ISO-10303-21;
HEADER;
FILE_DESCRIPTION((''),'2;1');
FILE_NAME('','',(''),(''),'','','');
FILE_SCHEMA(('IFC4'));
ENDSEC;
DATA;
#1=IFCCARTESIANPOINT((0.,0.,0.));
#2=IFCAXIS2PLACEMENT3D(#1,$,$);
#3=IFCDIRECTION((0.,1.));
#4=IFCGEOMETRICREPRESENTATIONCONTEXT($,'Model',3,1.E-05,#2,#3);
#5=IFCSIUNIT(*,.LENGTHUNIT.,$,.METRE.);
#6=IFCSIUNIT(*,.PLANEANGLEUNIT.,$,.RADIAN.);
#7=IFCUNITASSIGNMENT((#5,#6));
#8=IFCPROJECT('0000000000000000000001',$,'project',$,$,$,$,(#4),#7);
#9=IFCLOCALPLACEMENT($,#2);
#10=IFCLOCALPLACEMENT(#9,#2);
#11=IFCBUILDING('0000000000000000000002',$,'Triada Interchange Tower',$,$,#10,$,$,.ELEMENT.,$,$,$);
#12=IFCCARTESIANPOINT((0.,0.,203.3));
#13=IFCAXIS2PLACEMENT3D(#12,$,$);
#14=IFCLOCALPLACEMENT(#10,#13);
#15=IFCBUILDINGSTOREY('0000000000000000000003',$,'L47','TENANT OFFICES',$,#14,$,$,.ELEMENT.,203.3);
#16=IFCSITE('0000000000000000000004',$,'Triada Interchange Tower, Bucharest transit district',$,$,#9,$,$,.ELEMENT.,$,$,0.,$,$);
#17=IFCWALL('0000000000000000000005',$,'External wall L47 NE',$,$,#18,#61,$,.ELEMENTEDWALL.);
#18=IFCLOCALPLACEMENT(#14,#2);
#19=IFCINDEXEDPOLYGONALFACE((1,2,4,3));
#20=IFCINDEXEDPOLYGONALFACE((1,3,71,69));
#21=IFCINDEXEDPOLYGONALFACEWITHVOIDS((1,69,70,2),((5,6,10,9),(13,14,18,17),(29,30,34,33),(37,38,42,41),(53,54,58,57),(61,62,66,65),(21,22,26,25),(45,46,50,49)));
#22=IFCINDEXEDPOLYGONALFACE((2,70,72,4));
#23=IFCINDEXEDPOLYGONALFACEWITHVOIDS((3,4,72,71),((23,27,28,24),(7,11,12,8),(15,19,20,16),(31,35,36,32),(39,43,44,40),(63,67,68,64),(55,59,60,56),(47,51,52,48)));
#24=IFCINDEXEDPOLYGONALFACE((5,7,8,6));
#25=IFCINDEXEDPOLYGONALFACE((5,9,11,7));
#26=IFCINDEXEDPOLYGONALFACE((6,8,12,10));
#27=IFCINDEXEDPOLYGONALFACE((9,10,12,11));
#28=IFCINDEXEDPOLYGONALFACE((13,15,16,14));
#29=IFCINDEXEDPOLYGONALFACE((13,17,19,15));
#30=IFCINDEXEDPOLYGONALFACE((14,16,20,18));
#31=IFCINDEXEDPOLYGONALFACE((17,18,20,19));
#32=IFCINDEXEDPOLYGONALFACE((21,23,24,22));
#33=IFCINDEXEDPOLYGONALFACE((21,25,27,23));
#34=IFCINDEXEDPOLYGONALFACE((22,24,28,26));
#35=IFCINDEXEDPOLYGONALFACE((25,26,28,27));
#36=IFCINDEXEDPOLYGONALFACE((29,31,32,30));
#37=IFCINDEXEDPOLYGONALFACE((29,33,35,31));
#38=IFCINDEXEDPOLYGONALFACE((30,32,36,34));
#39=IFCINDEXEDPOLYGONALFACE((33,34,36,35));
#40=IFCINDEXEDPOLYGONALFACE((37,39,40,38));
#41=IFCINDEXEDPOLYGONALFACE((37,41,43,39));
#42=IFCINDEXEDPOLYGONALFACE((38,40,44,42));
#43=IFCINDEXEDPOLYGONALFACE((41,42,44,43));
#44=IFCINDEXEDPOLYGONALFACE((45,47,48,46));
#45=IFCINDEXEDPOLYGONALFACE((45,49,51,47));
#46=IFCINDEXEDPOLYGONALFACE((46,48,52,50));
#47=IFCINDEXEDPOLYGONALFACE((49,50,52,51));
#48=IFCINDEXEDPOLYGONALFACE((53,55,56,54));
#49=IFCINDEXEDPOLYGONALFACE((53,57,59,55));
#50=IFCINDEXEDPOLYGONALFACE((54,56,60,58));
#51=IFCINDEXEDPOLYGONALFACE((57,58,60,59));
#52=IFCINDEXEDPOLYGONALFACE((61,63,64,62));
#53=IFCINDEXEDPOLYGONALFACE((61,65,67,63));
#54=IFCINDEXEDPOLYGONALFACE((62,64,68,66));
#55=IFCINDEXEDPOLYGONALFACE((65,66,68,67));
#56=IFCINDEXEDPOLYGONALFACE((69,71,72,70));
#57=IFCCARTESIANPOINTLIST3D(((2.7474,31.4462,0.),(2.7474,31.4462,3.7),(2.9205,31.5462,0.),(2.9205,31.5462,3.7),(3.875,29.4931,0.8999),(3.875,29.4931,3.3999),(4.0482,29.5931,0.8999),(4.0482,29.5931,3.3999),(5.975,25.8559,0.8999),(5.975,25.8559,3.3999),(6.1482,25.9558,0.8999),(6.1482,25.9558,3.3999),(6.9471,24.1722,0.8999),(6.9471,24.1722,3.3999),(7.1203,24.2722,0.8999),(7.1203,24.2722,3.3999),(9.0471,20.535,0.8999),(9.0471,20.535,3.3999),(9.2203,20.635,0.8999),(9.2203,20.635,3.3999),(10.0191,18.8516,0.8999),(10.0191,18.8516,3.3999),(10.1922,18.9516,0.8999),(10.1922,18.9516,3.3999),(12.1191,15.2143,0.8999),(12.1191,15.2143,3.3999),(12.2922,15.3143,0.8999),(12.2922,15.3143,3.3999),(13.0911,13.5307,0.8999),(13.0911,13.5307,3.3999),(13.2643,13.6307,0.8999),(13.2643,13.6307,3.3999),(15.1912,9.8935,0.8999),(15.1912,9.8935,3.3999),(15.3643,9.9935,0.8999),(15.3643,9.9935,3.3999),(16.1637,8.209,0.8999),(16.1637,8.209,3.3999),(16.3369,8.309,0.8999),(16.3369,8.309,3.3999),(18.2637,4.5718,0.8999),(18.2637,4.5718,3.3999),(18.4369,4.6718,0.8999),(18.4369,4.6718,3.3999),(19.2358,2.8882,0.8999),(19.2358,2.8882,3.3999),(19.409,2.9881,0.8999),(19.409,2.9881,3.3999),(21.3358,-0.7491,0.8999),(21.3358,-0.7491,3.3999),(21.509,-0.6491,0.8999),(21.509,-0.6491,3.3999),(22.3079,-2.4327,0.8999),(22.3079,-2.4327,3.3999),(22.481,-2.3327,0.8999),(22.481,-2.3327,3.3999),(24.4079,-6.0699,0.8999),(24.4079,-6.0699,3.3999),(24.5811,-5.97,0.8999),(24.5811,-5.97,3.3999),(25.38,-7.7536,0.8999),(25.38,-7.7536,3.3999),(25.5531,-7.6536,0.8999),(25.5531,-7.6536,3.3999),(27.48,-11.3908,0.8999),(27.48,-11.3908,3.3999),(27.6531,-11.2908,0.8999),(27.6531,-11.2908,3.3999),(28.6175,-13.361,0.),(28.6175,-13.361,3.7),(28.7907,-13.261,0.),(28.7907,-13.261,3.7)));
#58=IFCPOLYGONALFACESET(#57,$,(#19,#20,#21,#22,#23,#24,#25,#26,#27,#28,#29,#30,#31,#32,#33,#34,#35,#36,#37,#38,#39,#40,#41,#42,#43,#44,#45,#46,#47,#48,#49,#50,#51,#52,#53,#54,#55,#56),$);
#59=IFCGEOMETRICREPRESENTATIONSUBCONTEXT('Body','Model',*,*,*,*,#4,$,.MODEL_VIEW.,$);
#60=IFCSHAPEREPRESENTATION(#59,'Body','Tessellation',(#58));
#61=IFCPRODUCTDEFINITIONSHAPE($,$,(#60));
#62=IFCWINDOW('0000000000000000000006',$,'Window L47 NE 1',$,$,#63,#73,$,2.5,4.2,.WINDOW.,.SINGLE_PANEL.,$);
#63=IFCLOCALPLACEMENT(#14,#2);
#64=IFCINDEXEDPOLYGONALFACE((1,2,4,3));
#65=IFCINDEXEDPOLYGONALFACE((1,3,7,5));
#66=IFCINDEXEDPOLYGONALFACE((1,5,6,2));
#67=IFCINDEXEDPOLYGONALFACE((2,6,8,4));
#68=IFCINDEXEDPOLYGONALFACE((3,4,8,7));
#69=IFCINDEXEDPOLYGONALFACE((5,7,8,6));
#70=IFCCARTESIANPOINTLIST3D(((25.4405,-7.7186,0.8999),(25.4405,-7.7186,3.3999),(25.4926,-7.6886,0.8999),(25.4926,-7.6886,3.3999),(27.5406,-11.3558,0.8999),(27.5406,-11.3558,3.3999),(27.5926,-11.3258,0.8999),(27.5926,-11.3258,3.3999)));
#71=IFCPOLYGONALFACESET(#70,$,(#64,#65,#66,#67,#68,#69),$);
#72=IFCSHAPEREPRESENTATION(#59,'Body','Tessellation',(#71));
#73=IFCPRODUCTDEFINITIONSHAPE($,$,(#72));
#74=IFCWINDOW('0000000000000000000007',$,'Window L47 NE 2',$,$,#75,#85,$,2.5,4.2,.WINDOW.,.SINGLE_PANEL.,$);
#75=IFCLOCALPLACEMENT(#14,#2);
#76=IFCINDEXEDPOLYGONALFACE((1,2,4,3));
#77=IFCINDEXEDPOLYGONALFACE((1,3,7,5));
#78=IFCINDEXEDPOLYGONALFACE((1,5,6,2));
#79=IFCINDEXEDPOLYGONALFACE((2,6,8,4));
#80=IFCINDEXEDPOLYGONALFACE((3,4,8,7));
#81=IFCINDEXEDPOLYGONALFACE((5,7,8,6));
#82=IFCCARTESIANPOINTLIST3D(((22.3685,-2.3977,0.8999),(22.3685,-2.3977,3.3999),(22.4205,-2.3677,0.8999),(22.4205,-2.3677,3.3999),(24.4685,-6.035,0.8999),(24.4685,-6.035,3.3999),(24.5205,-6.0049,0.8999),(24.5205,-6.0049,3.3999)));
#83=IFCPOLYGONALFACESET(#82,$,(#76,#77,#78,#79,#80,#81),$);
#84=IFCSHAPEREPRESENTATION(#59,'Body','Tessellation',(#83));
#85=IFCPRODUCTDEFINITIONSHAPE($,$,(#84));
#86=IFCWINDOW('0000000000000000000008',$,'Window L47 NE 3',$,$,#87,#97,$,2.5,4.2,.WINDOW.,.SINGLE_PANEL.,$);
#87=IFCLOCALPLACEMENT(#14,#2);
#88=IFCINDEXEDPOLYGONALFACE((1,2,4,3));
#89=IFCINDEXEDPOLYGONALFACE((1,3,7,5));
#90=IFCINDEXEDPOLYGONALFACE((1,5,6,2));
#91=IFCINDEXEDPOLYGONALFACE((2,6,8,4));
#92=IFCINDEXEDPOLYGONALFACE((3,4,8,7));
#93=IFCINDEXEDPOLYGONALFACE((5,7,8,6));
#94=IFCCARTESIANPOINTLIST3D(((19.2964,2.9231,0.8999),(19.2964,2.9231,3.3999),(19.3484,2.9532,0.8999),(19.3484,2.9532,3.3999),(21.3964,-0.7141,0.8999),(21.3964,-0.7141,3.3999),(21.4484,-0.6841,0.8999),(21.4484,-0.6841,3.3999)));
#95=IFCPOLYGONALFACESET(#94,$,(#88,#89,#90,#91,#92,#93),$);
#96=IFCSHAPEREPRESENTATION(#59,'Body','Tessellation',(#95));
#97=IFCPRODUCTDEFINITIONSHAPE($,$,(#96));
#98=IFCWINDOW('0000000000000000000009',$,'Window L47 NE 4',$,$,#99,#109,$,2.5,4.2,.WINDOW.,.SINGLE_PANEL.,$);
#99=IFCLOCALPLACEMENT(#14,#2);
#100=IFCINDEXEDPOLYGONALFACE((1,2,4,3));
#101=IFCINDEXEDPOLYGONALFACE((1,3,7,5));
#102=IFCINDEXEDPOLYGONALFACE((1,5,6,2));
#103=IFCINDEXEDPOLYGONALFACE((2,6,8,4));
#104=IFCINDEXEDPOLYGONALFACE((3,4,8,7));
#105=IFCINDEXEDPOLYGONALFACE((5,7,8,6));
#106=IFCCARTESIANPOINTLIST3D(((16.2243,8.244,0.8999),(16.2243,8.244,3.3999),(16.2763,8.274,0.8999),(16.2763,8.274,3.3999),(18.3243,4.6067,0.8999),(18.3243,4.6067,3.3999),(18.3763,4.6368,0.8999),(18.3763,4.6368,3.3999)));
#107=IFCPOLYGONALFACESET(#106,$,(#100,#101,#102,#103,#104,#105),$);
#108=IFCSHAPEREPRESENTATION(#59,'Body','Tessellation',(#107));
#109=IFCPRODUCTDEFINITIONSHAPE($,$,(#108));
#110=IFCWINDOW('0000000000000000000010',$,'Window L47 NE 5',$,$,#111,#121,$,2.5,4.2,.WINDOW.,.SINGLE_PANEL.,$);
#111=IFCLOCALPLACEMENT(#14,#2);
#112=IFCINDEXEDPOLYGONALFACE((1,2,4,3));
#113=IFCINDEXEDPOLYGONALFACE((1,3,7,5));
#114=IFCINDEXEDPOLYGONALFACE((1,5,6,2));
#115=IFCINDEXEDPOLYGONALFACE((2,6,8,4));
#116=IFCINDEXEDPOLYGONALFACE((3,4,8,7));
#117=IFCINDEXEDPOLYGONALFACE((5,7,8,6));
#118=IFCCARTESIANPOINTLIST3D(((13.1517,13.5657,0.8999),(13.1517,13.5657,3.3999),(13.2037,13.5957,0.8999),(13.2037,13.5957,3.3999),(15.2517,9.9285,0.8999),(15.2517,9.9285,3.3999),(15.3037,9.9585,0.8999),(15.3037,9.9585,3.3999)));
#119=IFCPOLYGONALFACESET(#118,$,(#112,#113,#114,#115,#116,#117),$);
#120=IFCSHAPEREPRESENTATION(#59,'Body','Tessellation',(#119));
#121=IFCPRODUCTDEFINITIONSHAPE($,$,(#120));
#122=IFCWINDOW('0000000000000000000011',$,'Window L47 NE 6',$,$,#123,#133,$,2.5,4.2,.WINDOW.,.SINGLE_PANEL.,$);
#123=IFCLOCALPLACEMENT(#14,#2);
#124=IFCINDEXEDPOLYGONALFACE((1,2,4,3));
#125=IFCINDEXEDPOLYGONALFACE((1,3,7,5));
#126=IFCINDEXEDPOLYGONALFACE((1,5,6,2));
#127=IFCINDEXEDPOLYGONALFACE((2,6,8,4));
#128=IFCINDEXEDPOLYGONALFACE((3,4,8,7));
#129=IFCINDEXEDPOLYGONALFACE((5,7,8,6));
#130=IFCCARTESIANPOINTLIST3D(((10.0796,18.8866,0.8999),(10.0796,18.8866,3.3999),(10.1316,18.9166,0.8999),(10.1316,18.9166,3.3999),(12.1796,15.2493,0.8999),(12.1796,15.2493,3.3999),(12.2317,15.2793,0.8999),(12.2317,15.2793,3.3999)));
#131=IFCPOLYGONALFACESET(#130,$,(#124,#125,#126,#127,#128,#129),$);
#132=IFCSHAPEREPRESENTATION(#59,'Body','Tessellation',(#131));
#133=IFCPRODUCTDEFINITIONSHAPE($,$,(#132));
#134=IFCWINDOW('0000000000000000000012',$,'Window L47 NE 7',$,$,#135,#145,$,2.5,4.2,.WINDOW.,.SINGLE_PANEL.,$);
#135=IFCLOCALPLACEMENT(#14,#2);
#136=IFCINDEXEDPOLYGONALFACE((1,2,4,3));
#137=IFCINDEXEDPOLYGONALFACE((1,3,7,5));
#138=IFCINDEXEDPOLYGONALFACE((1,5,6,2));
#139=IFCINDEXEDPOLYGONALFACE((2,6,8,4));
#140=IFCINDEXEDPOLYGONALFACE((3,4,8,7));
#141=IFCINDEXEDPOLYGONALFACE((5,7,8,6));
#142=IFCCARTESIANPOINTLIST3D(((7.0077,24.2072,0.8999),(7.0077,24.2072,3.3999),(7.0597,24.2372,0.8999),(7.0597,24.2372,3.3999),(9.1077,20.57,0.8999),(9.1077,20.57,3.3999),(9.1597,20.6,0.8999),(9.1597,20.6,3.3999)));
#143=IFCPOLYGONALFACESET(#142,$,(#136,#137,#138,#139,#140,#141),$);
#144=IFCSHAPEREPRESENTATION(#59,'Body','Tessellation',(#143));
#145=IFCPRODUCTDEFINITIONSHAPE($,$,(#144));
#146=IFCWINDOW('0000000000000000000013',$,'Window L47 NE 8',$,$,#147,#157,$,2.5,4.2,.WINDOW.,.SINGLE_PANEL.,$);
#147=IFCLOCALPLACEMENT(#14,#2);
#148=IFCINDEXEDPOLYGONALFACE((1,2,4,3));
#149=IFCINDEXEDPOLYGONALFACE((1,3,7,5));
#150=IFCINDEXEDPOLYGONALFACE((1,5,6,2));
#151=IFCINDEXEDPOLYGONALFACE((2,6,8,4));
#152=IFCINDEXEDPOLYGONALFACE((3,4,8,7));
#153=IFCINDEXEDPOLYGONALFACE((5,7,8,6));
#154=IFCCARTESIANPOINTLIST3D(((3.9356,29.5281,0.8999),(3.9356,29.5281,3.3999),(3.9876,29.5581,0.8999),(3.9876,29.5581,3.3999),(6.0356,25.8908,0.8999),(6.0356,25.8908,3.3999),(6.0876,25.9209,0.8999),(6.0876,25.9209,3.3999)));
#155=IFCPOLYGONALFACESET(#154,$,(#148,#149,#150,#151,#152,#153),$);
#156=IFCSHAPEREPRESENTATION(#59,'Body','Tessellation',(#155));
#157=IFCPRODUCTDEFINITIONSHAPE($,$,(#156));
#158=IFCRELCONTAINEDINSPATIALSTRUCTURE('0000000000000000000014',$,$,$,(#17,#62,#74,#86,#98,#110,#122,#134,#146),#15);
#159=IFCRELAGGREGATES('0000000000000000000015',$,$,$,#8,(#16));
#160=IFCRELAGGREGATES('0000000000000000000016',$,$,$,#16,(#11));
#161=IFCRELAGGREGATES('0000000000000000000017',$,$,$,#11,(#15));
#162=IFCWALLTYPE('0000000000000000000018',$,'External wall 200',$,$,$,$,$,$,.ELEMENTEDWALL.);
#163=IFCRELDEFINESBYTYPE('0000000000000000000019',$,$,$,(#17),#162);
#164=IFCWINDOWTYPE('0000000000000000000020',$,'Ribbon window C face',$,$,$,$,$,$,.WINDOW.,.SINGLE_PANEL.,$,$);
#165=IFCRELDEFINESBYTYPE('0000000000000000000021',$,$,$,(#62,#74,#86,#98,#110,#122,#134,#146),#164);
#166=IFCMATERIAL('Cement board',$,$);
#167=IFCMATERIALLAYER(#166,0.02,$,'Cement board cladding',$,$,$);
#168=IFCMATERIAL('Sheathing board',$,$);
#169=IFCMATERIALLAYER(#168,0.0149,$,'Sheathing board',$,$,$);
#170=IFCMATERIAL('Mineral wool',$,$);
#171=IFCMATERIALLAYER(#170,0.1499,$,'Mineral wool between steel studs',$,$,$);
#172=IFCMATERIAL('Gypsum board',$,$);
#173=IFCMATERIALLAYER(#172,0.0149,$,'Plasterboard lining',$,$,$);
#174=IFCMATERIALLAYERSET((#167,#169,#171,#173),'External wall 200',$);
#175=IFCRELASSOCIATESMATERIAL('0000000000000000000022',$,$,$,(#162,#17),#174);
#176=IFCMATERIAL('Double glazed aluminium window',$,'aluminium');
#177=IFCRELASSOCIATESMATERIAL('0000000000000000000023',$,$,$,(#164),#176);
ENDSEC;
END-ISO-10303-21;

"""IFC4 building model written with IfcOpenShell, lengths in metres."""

from ifc_helpers import new_model, si_unit, direction, frame, frame_2d, origin, place, context, subcontext, project, spatial, rectangle, extrude, material, layer, layer_set, layer_usage, type_object, element, fill, save


model = new_model("IFC4")

# Units and contexts
model_context = context("Model", 3, precision=1e-05, world=origin(), true_north=direction((0.0, 1.0)))
body_context = subcontext(model_context, "Body", "Model", "MODEL_VIEW")
ifc_project = project(units=[si_unit("LENGTHUNIT", "METRE"), si_unit("PLANEANGLEUNIT", "RADIAN")], contexts=[model_context])

# Site, building, storey
site_placement = place(None, origin())
site = spatial("IfcSite", under=ifc_project, at=site_placement, Name="Triada Interchange Tower, Bucharest transit district", CompositionType="ELEMENT", RefElevation=0.0)
building_placement = place(site_placement, origin())
building = spatial("IfcBuilding", under=site, at=building_placement, Name="Triada Interchange Tower", CompositionType="ELEMENT")
storey_placement = place(building_placement, frame((0.0, 0.0, 203.3)))
storey = spatial("IfcBuildingStorey", under=building, at=storey_placement, Name="L47", Description="TENANT OFFICES", CompositionType="ELEMENT", Elevation=203.3)

# Shared definitions
ifc_material_1 = material(Name="Cement board")
ifc_layer_1 = layer(ifc_material_1, 0.02, Name="Cement board cladding")
ifc_material_2 = material(Name="Sheathing board")
ifc_layer_2 = layer(ifc_material_2, 0.0149, Name="Sheathing board")
ifc_material_3 = material(Name="Mineral wool")
ifc_layer_3 = layer(ifc_material_3, 0.1499, Name="Mineral wool between steel studs")
ifc_material_4 = material(Name="Gypsum board")
ifc_layer_4 = layer(ifc_material_4, 0.0149, Name="Plasterboard lining")
ifc_layer_set_1 = layer_set([ifc_layer_1, ifc_layer_2, ifc_layer_3, ifc_layer_4], Name="External wall 200")
ifc_layer_usage = layer_usage(ifc_layer_set_1, "AXIS2", "POSITIVE", -0.1001)
wall_type_1 = type_object("IfcWallType", Name="External wall 200", PredefinedType="ELEMENTEDWALL", material=ifc_layer_set_1)
ifc_material_5 = material(Name="Double glazed aluminium window", Category="aluminium")

# Wall, openings, windows
wall_1_placement = place(storey_placement, frame((28.7041, -13.311, 0.0), z_axis=(0.0, 0.0, 1.0), x_axis=(-0.50001, 0.866019, 0.0)))
wall_1 = element("IfcWall", 1, at=wall_1_placement, inside=storey, type_object=wall_type_1, material=ifc_layer_usage, Name="External wall L47 NE", PredefinedType="ELEMENTEDWALL", context=body_context, shape_type="SweptSolid", body=[
    extrude(rectangle(XDim=51.7393, YDim=0.2, at=frame_2d((25.8696, 0.0))), origin(), (0.0, 0.0, 1.0), 3.7),
])
opening_1_placement = place(wall_1_placement, frame((2.2749, 0.0, 0.8999)))
opening_1 = element("IfcOpeningElement", 2, at=opening_1_placement, cuts=wall_1, PredefinedType="OPENING", context=body_context, shape_type="SweptSolid", body=[
    extrude(rectangle(XDim=4.2, YDim=2.5, at=frame_2d((2.1001, 1.25))), frame((0.0, 0.1099, 0.0), z_axis=(0.0, -1.0, 0.0), x_axis=(1.0, 0.0, 0.0)), (0.0, 0.0, 1.0), 0.22),
])
opening_2_placement = place(wall_1_placement, frame((8.4189, 0.0, 0.8999)))
opening_2 = element("IfcOpeningElement", 3, at=opening_2_placement, cuts=wall_1, PredefinedType="OPENING", context=body_context, shape_type="SweptSolid", body=[
    extrude(rectangle(XDim=4.2, YDim=2.5, at=frame_2d((2.1001, 1.25))), frame((0.0, 0.1099, 0.0), z_axis=(0.0, -1.0, 0.0), x_axis=(1.0, 0.0, 0.0)), (0.0, 0.0, 1.0), 0.22),
])
opening_3_placement = place(wall_1_placement, frame((14.563, 0.0, 0.8999)))
opening_3 = element("IfcOpeningElement", 4, at=opening_3_placement, cuts=wall_1, PredefinedType="OPENING", context=body_context, shape_type="SweptSolid", body=[
    extrude(rectangle(XDim=4.2, YDim=2.5, at=frame_2d((2.1001, 1.25))), frame((0.0, 0.1099, 0.0), z_axis=(0.0, -1.0, 0.0), x_axis=(1.0, 0.0, 0.0)), (0.0, 0.0, 1.0), 0.22),
])
opening_4_placement = place(wall_1_placement, frame((20.707, 0.0, 0.8999)))
opening_4 = element("IfcOpeningElement", 5, at=opening_4_placement, cuts=wall_1, PredefinedType="OPENING", context=body_context, shape_type="SweptSolid", body=[
    extrude(rectangle(XDim=4.2, YDim=2.5, at=frame_2d((2.1001, 1.25))), frame((0.0, 0.1099, 0.0), z_axis=(0.0, -1.0, 0.0), x_axis=(1.0, 0.0, 0.0)), (0.0, 0.0, 1.0), 0.22),
])
opening_5_placement = place(wall_1_placement, frame((26.8521, 0.0, 0.8999)))
opening_5 = element("IfcOpeningElement", 6, at=opening_5_placement, cuts=wall_1, PredefinedType="OPENING", context=body_context, shape_type="SweptSolid", body=[
    extrude(rectangle(XDim=4.2, YDim=2.5, at=frame_2d((2.1001, 1.25))), frame((0.0, 0.1099, 0.0), z_axis=(0.0, -1.0, 0.0), x_axis=(1.0, 0.0, 0.0)), (0.0, 0.0, 1.0), 0.22),
])
opening_6_placement = place(wall_1_placement, frame((32.9961, 0.0, 0.8999)))
opening_6 = element("IfcOpeningElement", 7, at=opening_6_placement, cuts=wall_1, PredefinedType="OPENING", context=body_context, shape_type="SweptSolid", body=[
    extrude(rectangle(XDim=4.2, YDim=2.5, at=frame_2d((2.1001, 1.25))), frame((0.0, 0.1099, 0.0), z_axis=(0.0, -1.0, 0.0), x_axis=(1.0, 0.0, 0.0)), (0.0, 0.0, 1.0), 0.22),
])
opening_7_placement = place(wall_1_placement, frame((39.1399, 0.0, 0.8999)))
opening_7 = element("IfcOpeningElement", 8, at=opening_7_placement, cuts=wall_1, PredefinedType="OPENING", context=body_context, shape_type="SweptSolid", body=[
    extrude(rectangle(XDim=4.2, YDim=2.5, at=frame_2d((2.1001, 1.25))), frame((0.0, 0.1099, 0.0), z_axis=(0.0, -1.0, 0.0), x_axis=(1.0, 0.0, 0.0)), (0.0, 0.0, 1.0), 0.22),
])
opening_8_placement = place(wall_1_placement, frame((45.2839, 0.0, 0.8999)))
opening_8 = element("IfcOpeningElement", 9, at=opening_8_placement, cuts=wall_1, PredefinedType="OPENING", context=body_context, shape_type="SweptSolid", body=[
    extrude(rectangle(XDim=4.2, YDim=2.5, at=frame_2d((2.1001, 1.25))), frame((0.0, 0.1099, 0.0), z_axis=(0.0, -1.0, 0.0), x_axis=(1.0, 0.0, 0.0)), (0.0, 0.0, 1.0), 0.22),
])
window_type_1 = type_object("IfcWindowType", Name="Ribbon window C face", PartitioningType="SINGLE_PANEL", PredefinedType="WINDOW", material=ifc_material_5)
window_1_placement = place(opening_1_placement, origin())
window_1 = element("IfcWindow", 10, at=window_1_placement, inside=storey, type_object=window_type_1, Name="Window L47 NE 1", OverallHeight=2.5, OverallWidth=4.2, PartitioningType="SINGLE_PANEL", PredefinedType="WINDOW", context=body_context, shape_type="SweptSolid", body=[
    extrude(rectangle(XDim=4.2, YDim=2.5, at=frame_2d((2.1001, 1.25))), frame((0.0, 0.03, 0.0), z_axis=(0.0, -1.0, 0.0), x_axis=(1.0, 0.0, 0.0)), (0.0, 0.0, 1.0), 0.0601),
])
fill(opening_1, window_1)
window_2_placement = place(opening_2_placement, origin())
window_2 = element("IfcWindow", 11, at=window_2_placement, inside=storey, type_object=window_type_1, Name="Window L47 NE 2", OverallHeight=2.5, OverallWidth=4.2, PartitioningType="SINGLE_PANEL", PredefinedType="WINDOW", context=body_context, shape_type="SweptSolid", body=[
    extrude(rectangle(XDim=4.2, YDim=2.5, at=frame_2d((2.1001, 1.25))), frame((0.0, 0.03, 0.0), z_axis=(0.0, -1.0, 0.0), x_axis=(1.0, 0.0, 0.0)), (0.0, 0.0, 1.0), 0.0601),
])
fill(opening_2, window_2)
window_3_placement = place(opening_3_placement, origin())
window_3 = element("IfcWindow", 12, at=window_3_placement, inside=storey, type_object=window_type_1, Name="Window L47 NE 3", OverallHeight=2.5, OverallWidth=4.2, PartitioningType="SINGLE_PANEL", PredefinedType="WINDOW", context=body_context, shape_type="SweptSolid", body=[
    extrude(rectangle(XDim=4.2, YDim=2.5, at=frame_2d((2.1001, 1.25))), frame((0.0, 0.03, 0.0), z_axis=(0.0, -1.0, 0.0), x_axis=(1.0, 0.0, 0.0)), (0.0, 0.0, 1.0), 0.0601),
])
fill(opening_3, window_3)
window_4_placement = place(opening_4_placement, origin())
window_4 = element("IfcWindow", 13, at=window_4_placement, inside=storey, type_object=window_type_1, Name="Window L47 NE 4", OverallHeight=2.5, OverallWidth=4.2, PartitioningType="SINGLE_PANEL", PredefinedType="WINDOW", context=body_context, shape_type="SweptSolid", body=[
    extrude(rectangle(XDim=4.2, YDim=2.5, at=frame_2d((2.1001, 1.25))), frame((0.0, 0.03, 0.0), z_axis=(0.0, -1.0, 0.0), x_axis=(1.0, 0.0, 0.0)), (0.0, 0.0, 1.0), 0.0601),
])
fill(opening_4, window_4)
window_5_placement = place(opening_5_placement, origin())
window_5 = element("IfcWindow", 14, at=window_5_placement, inside=storey, type_object=window_type_1, Name="Window L47 NE 5", OverallHeight=2.5, OverallWidth=4.2, PartitioningType="SINGLE_PANEL", PredefinedType="WINDOW", context=body_context, shape_type="SweptSolid", body=[
    extrude(rectangle(XDim=4.2, YDim=2.5, at=frame_2d((2.1001, 1.25))), frame((0.0, 0.03, 0.0), z_axis=(0.0, -1.0, 0.0), x_axis=(1.0, 0.0, 0.0)), (0.0, 0.0, 1.0), 0.0601),
])
fill(opening_5, window_5)
window_6_placement = place(opening_6_placement, origin())
window_6 = element("IfcWindow", 15, at=window_6_placement, inside=storey, type_object=window_type_1, Name="Window L47 NE 6", OverallHeight=2.5, OverallWidth=4.2, PartitioningType="SINGLE_PANEL", PredefinedType="WINDOW", context=body_context, shape_type="SweptSolid", body=[
    extrude(rectangle(XDim=4.2, YDim=2.5, at=frame_2d((2.1001, 1.25))), frame((0.0, 0.03, 0.0), z_axis=(0.0, -1.0, 0.0), x_axis=(1.0, 0.0, 0.0)), (0.0, 0.0, 1.0), 0.0601),
])
fill(opening_6, window_6)
window_7_placement = place(opening_7_placement, origin())
window_7 = element("IfcWindow", 16, at=window_7_placement, inside=storey, type_object=window_type_1, Name="Window L47 NE 7", OverallHeight=2.5, OverallWidth=4.2, PartitioningType="SINGLE_PANEL", PredefinedType="WINDOW", context=body_context, shape_type="SweptSolid", body=[
    extrude(rectangle(XDim=4.2, YDim=2.5, at=frame_2d((2.1001, 1.25))), frame((0.0, 0.03, 0.0), z_axis=(0.0, -1.0, 0.0), x_axis=(1.0, 0.0, 0.0)), (0.0, 0.0, 1.0), 0.0601),
])
fill(opening_7, window_7)
window_8_placement = place(opening_8_placement, origin())
window_8 = element("IfcWindow", 17, at=window_8_placement, inside=storey, type_object=window_type_1, Name="Window L47 NE 8", OverallHeight=2.5, OverallWidth=4.2, PartitioningType="SINGLE_PANEL", PredefinedType="WINDOW", context=body_context, shape_type="SweptSolid", body=[
    extrude(rectangle(XDim=4.2, YDim=2.5, at=frame_2d((2.1001, 1.25))), frame((0.0, 0.03, 0.0), z_axis=(0.0, -1.0, 0.0), x_axis=(1.0, 0.0, 0.0)), (0.0, 0.0, 1.0), 0.0601),
])
fill(opening_8, window_8)

save(model, "model.ifc")
